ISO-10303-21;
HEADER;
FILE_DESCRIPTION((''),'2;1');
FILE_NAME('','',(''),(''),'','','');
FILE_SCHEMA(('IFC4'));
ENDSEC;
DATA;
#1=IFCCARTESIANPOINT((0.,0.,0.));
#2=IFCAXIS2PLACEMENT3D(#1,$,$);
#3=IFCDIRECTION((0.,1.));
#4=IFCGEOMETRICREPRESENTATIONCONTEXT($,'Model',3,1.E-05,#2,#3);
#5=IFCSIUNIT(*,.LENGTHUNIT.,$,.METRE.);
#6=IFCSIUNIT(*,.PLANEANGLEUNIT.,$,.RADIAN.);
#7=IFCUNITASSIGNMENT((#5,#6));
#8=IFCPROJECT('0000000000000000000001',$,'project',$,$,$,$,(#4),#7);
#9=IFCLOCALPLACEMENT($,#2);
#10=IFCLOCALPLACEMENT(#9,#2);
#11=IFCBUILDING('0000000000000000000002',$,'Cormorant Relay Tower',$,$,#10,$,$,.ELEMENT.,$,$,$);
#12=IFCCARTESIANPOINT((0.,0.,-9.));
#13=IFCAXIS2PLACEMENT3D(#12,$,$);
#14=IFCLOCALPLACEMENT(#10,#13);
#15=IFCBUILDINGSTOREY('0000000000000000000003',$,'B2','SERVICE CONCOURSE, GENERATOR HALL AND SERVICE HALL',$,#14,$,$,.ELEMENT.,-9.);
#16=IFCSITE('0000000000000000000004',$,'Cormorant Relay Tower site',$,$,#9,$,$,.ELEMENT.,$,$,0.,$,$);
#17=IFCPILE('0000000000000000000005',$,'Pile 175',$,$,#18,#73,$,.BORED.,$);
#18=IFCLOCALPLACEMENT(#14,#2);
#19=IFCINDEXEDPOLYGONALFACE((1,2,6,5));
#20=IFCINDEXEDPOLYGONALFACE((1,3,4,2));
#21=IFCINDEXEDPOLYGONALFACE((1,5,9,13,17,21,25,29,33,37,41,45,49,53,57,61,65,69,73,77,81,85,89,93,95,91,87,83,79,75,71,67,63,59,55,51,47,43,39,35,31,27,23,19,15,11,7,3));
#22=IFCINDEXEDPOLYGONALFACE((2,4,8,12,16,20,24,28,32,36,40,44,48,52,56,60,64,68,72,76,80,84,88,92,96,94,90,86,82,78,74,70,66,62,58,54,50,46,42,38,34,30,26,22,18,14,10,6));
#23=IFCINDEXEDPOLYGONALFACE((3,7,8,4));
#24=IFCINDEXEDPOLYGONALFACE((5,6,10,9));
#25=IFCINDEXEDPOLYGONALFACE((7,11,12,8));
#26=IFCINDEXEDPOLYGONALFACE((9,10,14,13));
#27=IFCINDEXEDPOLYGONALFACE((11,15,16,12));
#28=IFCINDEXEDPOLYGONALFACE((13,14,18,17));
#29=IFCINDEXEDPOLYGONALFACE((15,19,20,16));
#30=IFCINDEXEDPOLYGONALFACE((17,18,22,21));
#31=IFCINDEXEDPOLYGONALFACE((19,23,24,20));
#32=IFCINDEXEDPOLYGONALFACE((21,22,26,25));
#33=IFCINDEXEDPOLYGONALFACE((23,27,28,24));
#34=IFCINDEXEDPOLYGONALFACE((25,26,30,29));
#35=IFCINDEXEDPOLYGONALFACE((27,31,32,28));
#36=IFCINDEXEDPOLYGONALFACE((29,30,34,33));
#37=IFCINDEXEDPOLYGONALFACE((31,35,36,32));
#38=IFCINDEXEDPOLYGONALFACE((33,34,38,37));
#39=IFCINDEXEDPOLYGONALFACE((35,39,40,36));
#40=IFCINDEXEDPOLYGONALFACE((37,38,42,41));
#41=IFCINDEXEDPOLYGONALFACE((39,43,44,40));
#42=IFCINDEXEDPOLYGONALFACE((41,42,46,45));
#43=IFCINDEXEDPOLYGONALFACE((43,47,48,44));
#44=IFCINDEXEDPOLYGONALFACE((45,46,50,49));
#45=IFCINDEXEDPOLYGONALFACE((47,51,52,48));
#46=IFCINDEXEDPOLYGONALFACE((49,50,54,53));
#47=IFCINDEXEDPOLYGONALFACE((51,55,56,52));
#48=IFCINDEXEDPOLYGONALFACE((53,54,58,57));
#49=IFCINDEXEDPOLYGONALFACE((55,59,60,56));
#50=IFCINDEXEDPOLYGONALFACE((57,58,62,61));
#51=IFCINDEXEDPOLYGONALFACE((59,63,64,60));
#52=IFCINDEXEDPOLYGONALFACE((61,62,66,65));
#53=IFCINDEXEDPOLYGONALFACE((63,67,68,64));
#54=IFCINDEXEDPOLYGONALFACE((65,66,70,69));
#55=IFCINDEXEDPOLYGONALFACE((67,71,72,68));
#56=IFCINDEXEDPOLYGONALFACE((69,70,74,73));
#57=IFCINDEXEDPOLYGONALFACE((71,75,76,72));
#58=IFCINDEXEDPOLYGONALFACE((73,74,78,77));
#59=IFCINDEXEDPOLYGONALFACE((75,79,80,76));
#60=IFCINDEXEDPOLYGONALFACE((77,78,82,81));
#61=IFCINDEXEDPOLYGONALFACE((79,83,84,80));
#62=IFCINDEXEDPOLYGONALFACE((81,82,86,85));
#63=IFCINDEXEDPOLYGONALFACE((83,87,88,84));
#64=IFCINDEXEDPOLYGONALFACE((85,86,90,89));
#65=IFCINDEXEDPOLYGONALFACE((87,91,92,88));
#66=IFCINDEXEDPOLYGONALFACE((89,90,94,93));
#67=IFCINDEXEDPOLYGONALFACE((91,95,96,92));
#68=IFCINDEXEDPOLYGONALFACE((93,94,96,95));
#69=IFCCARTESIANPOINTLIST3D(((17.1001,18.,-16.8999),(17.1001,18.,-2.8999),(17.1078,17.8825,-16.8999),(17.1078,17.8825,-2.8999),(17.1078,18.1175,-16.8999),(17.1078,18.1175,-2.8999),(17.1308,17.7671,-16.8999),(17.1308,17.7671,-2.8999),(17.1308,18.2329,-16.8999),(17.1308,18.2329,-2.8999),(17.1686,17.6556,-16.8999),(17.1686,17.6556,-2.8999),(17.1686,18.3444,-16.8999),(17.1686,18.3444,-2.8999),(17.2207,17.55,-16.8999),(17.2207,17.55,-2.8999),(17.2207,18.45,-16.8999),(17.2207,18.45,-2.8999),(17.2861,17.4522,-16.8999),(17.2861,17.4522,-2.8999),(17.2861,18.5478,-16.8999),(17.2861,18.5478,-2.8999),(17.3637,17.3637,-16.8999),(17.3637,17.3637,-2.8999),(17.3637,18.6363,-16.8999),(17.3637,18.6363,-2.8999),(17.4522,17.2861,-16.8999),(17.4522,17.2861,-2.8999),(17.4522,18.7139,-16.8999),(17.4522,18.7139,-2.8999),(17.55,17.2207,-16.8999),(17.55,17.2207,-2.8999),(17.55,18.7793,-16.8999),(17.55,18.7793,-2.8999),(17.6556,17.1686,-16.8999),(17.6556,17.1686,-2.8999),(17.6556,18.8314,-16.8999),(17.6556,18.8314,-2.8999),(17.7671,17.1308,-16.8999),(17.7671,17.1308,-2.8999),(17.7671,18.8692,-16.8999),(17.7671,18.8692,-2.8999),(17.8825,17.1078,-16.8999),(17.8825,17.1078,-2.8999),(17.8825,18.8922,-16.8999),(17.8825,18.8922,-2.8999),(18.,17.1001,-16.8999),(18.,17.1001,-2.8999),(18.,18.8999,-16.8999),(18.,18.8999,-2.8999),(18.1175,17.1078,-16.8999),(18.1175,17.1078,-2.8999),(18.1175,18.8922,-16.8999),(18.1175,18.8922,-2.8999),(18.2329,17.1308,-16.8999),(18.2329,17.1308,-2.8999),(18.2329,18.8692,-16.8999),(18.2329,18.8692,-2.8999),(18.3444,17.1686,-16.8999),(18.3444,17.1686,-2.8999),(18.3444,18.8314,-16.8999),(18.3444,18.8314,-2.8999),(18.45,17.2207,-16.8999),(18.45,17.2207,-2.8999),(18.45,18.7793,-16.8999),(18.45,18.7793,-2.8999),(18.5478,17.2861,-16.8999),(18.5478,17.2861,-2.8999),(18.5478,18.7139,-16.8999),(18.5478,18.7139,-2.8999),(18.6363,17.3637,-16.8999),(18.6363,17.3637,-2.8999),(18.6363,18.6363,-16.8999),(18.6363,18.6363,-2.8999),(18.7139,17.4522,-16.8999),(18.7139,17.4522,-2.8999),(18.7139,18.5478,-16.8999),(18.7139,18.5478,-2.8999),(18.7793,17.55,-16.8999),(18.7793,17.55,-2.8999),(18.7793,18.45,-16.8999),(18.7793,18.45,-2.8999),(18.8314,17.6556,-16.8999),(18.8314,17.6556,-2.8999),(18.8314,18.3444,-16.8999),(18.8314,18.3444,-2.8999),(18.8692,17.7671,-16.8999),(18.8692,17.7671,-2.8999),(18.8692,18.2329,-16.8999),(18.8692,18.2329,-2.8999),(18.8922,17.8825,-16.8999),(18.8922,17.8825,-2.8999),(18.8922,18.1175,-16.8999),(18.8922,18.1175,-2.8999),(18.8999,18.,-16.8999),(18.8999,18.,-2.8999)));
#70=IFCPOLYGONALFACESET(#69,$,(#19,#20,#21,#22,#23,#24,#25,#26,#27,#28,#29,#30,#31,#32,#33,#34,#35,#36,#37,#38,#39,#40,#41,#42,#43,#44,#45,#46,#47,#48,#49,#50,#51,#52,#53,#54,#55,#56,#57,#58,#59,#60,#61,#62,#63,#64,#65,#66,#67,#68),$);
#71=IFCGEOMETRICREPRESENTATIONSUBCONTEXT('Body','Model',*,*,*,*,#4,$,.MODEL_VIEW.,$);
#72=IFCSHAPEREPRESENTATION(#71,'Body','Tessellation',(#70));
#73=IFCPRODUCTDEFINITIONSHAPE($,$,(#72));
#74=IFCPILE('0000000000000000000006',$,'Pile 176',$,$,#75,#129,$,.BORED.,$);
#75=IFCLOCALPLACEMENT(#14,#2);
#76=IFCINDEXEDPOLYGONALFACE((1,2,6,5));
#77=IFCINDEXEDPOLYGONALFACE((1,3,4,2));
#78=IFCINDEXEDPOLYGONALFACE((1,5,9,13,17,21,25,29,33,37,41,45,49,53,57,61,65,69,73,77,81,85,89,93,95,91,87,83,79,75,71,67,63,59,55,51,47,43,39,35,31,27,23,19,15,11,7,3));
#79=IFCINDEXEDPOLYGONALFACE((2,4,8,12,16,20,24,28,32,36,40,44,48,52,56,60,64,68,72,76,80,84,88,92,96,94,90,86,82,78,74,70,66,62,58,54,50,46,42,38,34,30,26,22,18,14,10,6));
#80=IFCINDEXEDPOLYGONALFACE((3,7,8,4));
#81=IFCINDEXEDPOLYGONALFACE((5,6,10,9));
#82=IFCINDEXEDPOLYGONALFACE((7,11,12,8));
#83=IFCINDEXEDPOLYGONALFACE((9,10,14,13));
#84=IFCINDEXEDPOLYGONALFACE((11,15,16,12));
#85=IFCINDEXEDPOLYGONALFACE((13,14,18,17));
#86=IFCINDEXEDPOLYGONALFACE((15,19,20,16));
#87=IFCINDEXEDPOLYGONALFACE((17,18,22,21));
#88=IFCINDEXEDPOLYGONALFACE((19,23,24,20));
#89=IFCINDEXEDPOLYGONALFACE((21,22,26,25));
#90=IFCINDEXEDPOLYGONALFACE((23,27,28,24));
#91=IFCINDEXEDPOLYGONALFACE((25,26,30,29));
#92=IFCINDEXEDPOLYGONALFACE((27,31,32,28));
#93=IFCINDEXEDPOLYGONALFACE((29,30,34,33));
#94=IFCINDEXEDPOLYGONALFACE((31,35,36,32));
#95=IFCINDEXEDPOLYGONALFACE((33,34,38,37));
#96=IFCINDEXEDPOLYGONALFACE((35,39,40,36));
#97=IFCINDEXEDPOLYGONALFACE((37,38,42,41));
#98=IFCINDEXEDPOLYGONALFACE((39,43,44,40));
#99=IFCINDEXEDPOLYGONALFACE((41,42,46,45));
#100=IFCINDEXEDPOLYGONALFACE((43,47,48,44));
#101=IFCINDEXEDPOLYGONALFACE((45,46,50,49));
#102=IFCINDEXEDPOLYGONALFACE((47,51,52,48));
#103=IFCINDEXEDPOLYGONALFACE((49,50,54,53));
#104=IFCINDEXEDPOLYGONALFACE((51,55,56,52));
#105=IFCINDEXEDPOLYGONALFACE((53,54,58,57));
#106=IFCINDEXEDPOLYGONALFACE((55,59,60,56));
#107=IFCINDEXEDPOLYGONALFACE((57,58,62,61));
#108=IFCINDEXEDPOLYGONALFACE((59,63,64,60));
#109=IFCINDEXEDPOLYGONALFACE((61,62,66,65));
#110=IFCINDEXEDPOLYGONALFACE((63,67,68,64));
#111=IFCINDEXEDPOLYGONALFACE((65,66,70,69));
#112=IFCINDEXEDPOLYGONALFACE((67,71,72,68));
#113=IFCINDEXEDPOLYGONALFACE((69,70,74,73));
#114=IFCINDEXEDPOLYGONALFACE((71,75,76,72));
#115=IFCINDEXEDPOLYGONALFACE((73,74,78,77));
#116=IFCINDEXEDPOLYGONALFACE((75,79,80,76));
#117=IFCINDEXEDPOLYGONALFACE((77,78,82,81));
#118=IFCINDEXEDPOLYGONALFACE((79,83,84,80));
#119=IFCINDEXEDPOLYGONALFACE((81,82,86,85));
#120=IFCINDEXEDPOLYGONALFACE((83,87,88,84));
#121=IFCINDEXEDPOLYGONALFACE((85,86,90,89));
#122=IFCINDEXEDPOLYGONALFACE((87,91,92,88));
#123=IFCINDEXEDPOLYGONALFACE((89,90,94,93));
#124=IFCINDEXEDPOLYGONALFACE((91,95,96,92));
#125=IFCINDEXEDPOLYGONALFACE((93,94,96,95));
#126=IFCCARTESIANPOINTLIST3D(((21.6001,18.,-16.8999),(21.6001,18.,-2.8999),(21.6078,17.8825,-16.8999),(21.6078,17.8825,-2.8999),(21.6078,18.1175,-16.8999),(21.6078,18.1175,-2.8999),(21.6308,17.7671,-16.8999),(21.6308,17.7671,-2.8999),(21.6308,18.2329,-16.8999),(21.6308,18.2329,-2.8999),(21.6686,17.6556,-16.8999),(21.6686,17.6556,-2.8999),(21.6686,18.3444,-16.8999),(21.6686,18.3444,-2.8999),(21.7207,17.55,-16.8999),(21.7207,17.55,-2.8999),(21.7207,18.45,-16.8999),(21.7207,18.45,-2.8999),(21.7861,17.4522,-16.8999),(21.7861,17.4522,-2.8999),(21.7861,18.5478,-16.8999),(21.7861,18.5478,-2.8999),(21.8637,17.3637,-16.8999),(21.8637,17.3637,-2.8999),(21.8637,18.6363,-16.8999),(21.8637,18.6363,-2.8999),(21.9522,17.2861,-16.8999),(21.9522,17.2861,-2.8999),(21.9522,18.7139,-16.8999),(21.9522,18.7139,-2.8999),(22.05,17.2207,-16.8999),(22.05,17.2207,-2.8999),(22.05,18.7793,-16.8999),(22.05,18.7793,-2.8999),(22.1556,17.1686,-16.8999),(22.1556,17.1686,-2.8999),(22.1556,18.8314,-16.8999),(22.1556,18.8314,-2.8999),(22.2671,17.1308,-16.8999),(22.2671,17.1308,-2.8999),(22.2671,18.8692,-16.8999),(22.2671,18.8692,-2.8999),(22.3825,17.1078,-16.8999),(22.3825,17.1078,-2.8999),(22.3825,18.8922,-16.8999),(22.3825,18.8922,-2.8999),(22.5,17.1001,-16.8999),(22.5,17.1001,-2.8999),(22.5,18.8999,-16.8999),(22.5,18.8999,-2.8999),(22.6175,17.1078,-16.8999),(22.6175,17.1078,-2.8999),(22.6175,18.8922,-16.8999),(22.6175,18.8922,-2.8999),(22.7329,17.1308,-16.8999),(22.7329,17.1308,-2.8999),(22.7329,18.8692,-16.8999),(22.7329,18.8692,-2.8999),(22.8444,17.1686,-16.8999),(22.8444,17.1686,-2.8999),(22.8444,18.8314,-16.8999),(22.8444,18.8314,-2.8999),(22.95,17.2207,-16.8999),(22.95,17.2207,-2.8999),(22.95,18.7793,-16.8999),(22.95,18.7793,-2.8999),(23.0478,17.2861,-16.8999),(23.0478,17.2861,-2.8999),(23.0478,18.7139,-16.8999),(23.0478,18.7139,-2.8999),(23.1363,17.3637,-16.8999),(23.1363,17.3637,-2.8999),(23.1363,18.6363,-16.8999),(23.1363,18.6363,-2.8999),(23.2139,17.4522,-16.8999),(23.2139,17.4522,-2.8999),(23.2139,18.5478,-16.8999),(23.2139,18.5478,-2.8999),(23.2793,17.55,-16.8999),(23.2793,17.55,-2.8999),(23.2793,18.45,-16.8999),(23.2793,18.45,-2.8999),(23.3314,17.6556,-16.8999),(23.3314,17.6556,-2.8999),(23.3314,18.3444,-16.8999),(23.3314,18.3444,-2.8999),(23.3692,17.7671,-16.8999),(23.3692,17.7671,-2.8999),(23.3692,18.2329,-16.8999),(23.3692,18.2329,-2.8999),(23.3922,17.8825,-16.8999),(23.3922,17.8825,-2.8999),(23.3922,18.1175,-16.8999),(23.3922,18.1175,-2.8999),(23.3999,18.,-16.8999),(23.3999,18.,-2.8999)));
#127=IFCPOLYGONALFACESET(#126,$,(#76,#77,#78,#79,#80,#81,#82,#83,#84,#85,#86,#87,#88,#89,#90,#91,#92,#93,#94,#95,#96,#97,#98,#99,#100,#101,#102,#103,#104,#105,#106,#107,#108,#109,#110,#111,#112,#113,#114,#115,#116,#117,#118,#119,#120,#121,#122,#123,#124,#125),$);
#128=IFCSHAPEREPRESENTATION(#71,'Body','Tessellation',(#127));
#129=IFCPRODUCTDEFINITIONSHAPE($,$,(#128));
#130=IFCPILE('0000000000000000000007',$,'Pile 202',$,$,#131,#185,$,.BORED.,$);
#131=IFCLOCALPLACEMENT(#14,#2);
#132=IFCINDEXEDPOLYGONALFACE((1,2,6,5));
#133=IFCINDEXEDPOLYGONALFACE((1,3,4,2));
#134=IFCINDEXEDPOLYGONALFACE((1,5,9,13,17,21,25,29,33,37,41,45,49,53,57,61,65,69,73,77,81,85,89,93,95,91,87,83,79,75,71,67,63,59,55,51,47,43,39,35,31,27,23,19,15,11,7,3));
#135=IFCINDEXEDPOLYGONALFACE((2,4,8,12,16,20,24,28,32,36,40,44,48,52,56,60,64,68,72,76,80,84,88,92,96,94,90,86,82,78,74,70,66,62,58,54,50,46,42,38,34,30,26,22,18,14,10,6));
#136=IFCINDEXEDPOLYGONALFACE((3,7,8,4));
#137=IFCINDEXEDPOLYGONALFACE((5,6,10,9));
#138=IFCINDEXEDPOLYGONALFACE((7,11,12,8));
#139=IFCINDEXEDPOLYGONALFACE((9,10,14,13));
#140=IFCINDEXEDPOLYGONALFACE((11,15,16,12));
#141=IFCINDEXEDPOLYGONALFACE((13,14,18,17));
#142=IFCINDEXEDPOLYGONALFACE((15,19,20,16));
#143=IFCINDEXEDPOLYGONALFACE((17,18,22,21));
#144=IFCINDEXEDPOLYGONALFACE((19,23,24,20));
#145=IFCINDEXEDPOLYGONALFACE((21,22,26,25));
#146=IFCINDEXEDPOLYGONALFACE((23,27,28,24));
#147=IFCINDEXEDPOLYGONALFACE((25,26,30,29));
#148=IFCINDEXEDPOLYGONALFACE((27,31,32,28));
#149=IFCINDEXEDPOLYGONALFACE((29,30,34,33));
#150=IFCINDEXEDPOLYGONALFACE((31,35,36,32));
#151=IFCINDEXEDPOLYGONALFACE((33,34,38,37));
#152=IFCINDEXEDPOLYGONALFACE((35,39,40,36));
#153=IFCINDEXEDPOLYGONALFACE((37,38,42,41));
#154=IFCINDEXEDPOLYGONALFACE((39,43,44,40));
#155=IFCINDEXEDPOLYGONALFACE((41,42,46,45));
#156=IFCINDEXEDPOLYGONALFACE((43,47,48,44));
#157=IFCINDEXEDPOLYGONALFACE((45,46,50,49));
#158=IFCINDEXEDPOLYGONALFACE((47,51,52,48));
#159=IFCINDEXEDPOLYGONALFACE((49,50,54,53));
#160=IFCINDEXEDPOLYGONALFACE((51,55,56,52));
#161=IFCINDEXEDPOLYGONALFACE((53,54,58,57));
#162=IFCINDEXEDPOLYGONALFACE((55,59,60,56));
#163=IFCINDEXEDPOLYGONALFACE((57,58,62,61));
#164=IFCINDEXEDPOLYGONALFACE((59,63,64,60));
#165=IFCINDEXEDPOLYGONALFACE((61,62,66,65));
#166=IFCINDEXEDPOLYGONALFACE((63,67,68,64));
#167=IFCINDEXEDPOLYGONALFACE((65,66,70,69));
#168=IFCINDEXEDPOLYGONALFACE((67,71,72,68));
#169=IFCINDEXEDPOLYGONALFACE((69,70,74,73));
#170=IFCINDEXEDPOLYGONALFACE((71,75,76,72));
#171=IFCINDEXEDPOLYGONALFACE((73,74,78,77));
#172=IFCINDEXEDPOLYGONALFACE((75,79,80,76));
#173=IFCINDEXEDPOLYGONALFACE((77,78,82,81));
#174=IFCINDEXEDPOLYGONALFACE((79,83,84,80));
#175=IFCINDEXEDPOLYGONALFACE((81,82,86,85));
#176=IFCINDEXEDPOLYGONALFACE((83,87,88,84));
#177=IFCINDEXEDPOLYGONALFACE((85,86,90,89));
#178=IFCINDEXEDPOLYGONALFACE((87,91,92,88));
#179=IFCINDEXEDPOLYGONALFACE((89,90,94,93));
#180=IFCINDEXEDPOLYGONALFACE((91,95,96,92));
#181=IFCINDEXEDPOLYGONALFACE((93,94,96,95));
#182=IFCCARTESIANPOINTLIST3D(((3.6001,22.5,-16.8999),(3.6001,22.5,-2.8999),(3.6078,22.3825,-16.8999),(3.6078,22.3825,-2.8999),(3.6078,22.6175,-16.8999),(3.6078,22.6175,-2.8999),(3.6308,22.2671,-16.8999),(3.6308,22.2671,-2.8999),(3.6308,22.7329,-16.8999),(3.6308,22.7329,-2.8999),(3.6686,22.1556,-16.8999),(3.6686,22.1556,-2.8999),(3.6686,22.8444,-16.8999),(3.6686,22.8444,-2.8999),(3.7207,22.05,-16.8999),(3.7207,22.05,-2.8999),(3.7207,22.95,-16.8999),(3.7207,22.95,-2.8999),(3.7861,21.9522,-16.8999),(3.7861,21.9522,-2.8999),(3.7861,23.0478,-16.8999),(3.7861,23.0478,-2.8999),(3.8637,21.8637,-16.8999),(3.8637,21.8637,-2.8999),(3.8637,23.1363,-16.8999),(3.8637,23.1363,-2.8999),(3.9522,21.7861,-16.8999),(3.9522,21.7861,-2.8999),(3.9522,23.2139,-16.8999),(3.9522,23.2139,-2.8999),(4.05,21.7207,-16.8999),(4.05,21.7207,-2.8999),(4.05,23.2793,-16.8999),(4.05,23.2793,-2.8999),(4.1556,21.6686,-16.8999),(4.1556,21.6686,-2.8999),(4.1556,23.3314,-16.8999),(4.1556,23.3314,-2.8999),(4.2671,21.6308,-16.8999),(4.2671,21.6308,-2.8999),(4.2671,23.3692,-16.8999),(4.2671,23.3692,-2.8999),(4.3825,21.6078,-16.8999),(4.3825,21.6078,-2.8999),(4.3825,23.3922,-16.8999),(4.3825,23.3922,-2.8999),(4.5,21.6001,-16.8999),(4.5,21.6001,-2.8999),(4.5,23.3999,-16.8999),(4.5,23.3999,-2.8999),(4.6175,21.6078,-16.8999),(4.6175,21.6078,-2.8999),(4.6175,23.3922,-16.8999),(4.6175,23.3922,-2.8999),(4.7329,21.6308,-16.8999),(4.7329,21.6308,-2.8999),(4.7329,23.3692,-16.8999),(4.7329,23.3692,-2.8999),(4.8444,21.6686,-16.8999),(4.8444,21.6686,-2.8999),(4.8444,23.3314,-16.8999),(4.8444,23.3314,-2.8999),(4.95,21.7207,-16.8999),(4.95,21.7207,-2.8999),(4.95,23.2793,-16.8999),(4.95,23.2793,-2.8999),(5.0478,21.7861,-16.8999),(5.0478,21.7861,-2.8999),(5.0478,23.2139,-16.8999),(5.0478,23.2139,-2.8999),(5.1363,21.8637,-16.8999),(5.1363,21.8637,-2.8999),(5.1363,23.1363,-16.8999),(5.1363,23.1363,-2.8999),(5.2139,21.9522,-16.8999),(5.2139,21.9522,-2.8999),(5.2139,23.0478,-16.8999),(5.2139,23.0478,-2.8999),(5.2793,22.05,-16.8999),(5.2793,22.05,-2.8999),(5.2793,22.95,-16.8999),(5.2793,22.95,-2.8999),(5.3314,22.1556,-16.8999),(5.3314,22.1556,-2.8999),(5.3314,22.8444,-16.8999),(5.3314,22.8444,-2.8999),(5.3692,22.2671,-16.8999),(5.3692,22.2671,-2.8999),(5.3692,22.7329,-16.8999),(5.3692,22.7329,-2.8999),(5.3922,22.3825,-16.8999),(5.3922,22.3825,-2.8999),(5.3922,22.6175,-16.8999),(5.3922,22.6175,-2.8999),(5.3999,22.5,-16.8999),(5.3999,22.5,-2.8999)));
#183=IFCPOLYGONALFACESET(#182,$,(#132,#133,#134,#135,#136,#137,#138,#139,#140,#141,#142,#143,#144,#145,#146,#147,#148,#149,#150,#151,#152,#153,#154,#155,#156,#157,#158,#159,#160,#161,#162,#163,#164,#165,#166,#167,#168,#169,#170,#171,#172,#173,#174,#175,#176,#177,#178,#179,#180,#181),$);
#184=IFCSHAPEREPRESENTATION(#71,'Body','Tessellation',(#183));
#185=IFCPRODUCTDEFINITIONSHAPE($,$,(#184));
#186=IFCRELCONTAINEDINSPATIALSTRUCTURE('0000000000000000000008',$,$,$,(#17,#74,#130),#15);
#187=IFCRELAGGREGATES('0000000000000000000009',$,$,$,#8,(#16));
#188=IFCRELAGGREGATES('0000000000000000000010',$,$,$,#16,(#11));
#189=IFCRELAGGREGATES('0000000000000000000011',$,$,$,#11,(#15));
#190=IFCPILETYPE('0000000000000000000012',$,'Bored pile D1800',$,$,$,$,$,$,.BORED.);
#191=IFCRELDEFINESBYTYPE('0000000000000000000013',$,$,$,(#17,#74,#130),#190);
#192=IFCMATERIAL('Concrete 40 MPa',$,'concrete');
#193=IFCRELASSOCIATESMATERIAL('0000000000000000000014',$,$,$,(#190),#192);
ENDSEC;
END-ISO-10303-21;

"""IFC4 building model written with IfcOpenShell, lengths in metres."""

from ifc_helpers import new_model, si_unit, direction, frame, origin, origin_2d, place, context, subcontext, project, spatial, circle, extrude, material, material_profile, profile_set, type_object, element, save


model = new_model("IFC4")

# Units and contexts
model_context = context("Model", 3, precision=1e-05, world=origin(), true_north=direction((0.0, 1.0)))
body_context = subcontext(model_context, "Body", "Model", "MODEL_VIEW")
ifc_project = project(units=[si_unit("LENGTHUNIT", "METRE"), si_unit("PLANEANGLEUNIT", "RADIAN")], contexts=[model_context])

# Site, building, storey
site_placement = place(None, origin())
site = spatial("IfcSite", under=ifc_project, at=site_placement, Name="Cormorant Relay Tower site", CompositionType="ELEMENT", RefElevation=0.0)
building_placement = place(site_placement, origin())
building = spatial("IfcBuilding", under=site, at=building_placement, Name="Cormorant Relay Tower", CompositionType="ELEMENT")
storey_placement = place(building_placement, frame((0.0, 0.0, -9.0)))
storey = spatial("IfcBuildingStorey", under=building, at=storey_placement, Name="B2", Description="SERVICE CONCOURSE, GENERATOR HALL AND SERVICE HALL", CompositionType="ELEMENT", Elevation=-9.0)

# Piles
ifc_material_1 = material(Name="Concrete 40 MPa", Category="concrete")
ifc_material_profile_1 = material_profile(ifc_material_1, circle(Radius=0.8999, at=origin_2d()), Name="BP1800")
ifc_profile_set_1 = profile_set([ifc_material_profile_1], Name="Concrete 40 MPa")
pile_type = type_object("IfcPileType", Name="Bored pile D1800", PredefinedType="BORED", material=ifc_profile_set_1)
for number, where, z_axis, x_axis, name in (
    (1, (18.0, 18.0, -2.8999), (0.0, 0.0, -1.0), (1.0, 0.0, 0.0), "Pile 175"),
    (2, (22.5, 18.0, -2.8999), (0.0, 0.0, -1.0), (1.0, 0.0, 0.0), "Pile 176"),
    (3, (4.5, 22.5, -2.8999), (0.0, 0.0, -1.0), (1.0, 0.0, 0.0), "Pile 202"),
):
    element("IfcPile", number, at=place(storey_placement, frame(where, z_axis=z_axis, x_axis=x_axis)), inside=storey, type_object=pile_type, Name=name, PredefinedType="BORED", context=body_context, shape_type="SweptSolid", body=[
        extrude(circle(Radius=0.8999, at=origin_2d()), origin(), (0.0, 0.0, 1.0), 14.0),
    ])

save(model, "model.ifc")
